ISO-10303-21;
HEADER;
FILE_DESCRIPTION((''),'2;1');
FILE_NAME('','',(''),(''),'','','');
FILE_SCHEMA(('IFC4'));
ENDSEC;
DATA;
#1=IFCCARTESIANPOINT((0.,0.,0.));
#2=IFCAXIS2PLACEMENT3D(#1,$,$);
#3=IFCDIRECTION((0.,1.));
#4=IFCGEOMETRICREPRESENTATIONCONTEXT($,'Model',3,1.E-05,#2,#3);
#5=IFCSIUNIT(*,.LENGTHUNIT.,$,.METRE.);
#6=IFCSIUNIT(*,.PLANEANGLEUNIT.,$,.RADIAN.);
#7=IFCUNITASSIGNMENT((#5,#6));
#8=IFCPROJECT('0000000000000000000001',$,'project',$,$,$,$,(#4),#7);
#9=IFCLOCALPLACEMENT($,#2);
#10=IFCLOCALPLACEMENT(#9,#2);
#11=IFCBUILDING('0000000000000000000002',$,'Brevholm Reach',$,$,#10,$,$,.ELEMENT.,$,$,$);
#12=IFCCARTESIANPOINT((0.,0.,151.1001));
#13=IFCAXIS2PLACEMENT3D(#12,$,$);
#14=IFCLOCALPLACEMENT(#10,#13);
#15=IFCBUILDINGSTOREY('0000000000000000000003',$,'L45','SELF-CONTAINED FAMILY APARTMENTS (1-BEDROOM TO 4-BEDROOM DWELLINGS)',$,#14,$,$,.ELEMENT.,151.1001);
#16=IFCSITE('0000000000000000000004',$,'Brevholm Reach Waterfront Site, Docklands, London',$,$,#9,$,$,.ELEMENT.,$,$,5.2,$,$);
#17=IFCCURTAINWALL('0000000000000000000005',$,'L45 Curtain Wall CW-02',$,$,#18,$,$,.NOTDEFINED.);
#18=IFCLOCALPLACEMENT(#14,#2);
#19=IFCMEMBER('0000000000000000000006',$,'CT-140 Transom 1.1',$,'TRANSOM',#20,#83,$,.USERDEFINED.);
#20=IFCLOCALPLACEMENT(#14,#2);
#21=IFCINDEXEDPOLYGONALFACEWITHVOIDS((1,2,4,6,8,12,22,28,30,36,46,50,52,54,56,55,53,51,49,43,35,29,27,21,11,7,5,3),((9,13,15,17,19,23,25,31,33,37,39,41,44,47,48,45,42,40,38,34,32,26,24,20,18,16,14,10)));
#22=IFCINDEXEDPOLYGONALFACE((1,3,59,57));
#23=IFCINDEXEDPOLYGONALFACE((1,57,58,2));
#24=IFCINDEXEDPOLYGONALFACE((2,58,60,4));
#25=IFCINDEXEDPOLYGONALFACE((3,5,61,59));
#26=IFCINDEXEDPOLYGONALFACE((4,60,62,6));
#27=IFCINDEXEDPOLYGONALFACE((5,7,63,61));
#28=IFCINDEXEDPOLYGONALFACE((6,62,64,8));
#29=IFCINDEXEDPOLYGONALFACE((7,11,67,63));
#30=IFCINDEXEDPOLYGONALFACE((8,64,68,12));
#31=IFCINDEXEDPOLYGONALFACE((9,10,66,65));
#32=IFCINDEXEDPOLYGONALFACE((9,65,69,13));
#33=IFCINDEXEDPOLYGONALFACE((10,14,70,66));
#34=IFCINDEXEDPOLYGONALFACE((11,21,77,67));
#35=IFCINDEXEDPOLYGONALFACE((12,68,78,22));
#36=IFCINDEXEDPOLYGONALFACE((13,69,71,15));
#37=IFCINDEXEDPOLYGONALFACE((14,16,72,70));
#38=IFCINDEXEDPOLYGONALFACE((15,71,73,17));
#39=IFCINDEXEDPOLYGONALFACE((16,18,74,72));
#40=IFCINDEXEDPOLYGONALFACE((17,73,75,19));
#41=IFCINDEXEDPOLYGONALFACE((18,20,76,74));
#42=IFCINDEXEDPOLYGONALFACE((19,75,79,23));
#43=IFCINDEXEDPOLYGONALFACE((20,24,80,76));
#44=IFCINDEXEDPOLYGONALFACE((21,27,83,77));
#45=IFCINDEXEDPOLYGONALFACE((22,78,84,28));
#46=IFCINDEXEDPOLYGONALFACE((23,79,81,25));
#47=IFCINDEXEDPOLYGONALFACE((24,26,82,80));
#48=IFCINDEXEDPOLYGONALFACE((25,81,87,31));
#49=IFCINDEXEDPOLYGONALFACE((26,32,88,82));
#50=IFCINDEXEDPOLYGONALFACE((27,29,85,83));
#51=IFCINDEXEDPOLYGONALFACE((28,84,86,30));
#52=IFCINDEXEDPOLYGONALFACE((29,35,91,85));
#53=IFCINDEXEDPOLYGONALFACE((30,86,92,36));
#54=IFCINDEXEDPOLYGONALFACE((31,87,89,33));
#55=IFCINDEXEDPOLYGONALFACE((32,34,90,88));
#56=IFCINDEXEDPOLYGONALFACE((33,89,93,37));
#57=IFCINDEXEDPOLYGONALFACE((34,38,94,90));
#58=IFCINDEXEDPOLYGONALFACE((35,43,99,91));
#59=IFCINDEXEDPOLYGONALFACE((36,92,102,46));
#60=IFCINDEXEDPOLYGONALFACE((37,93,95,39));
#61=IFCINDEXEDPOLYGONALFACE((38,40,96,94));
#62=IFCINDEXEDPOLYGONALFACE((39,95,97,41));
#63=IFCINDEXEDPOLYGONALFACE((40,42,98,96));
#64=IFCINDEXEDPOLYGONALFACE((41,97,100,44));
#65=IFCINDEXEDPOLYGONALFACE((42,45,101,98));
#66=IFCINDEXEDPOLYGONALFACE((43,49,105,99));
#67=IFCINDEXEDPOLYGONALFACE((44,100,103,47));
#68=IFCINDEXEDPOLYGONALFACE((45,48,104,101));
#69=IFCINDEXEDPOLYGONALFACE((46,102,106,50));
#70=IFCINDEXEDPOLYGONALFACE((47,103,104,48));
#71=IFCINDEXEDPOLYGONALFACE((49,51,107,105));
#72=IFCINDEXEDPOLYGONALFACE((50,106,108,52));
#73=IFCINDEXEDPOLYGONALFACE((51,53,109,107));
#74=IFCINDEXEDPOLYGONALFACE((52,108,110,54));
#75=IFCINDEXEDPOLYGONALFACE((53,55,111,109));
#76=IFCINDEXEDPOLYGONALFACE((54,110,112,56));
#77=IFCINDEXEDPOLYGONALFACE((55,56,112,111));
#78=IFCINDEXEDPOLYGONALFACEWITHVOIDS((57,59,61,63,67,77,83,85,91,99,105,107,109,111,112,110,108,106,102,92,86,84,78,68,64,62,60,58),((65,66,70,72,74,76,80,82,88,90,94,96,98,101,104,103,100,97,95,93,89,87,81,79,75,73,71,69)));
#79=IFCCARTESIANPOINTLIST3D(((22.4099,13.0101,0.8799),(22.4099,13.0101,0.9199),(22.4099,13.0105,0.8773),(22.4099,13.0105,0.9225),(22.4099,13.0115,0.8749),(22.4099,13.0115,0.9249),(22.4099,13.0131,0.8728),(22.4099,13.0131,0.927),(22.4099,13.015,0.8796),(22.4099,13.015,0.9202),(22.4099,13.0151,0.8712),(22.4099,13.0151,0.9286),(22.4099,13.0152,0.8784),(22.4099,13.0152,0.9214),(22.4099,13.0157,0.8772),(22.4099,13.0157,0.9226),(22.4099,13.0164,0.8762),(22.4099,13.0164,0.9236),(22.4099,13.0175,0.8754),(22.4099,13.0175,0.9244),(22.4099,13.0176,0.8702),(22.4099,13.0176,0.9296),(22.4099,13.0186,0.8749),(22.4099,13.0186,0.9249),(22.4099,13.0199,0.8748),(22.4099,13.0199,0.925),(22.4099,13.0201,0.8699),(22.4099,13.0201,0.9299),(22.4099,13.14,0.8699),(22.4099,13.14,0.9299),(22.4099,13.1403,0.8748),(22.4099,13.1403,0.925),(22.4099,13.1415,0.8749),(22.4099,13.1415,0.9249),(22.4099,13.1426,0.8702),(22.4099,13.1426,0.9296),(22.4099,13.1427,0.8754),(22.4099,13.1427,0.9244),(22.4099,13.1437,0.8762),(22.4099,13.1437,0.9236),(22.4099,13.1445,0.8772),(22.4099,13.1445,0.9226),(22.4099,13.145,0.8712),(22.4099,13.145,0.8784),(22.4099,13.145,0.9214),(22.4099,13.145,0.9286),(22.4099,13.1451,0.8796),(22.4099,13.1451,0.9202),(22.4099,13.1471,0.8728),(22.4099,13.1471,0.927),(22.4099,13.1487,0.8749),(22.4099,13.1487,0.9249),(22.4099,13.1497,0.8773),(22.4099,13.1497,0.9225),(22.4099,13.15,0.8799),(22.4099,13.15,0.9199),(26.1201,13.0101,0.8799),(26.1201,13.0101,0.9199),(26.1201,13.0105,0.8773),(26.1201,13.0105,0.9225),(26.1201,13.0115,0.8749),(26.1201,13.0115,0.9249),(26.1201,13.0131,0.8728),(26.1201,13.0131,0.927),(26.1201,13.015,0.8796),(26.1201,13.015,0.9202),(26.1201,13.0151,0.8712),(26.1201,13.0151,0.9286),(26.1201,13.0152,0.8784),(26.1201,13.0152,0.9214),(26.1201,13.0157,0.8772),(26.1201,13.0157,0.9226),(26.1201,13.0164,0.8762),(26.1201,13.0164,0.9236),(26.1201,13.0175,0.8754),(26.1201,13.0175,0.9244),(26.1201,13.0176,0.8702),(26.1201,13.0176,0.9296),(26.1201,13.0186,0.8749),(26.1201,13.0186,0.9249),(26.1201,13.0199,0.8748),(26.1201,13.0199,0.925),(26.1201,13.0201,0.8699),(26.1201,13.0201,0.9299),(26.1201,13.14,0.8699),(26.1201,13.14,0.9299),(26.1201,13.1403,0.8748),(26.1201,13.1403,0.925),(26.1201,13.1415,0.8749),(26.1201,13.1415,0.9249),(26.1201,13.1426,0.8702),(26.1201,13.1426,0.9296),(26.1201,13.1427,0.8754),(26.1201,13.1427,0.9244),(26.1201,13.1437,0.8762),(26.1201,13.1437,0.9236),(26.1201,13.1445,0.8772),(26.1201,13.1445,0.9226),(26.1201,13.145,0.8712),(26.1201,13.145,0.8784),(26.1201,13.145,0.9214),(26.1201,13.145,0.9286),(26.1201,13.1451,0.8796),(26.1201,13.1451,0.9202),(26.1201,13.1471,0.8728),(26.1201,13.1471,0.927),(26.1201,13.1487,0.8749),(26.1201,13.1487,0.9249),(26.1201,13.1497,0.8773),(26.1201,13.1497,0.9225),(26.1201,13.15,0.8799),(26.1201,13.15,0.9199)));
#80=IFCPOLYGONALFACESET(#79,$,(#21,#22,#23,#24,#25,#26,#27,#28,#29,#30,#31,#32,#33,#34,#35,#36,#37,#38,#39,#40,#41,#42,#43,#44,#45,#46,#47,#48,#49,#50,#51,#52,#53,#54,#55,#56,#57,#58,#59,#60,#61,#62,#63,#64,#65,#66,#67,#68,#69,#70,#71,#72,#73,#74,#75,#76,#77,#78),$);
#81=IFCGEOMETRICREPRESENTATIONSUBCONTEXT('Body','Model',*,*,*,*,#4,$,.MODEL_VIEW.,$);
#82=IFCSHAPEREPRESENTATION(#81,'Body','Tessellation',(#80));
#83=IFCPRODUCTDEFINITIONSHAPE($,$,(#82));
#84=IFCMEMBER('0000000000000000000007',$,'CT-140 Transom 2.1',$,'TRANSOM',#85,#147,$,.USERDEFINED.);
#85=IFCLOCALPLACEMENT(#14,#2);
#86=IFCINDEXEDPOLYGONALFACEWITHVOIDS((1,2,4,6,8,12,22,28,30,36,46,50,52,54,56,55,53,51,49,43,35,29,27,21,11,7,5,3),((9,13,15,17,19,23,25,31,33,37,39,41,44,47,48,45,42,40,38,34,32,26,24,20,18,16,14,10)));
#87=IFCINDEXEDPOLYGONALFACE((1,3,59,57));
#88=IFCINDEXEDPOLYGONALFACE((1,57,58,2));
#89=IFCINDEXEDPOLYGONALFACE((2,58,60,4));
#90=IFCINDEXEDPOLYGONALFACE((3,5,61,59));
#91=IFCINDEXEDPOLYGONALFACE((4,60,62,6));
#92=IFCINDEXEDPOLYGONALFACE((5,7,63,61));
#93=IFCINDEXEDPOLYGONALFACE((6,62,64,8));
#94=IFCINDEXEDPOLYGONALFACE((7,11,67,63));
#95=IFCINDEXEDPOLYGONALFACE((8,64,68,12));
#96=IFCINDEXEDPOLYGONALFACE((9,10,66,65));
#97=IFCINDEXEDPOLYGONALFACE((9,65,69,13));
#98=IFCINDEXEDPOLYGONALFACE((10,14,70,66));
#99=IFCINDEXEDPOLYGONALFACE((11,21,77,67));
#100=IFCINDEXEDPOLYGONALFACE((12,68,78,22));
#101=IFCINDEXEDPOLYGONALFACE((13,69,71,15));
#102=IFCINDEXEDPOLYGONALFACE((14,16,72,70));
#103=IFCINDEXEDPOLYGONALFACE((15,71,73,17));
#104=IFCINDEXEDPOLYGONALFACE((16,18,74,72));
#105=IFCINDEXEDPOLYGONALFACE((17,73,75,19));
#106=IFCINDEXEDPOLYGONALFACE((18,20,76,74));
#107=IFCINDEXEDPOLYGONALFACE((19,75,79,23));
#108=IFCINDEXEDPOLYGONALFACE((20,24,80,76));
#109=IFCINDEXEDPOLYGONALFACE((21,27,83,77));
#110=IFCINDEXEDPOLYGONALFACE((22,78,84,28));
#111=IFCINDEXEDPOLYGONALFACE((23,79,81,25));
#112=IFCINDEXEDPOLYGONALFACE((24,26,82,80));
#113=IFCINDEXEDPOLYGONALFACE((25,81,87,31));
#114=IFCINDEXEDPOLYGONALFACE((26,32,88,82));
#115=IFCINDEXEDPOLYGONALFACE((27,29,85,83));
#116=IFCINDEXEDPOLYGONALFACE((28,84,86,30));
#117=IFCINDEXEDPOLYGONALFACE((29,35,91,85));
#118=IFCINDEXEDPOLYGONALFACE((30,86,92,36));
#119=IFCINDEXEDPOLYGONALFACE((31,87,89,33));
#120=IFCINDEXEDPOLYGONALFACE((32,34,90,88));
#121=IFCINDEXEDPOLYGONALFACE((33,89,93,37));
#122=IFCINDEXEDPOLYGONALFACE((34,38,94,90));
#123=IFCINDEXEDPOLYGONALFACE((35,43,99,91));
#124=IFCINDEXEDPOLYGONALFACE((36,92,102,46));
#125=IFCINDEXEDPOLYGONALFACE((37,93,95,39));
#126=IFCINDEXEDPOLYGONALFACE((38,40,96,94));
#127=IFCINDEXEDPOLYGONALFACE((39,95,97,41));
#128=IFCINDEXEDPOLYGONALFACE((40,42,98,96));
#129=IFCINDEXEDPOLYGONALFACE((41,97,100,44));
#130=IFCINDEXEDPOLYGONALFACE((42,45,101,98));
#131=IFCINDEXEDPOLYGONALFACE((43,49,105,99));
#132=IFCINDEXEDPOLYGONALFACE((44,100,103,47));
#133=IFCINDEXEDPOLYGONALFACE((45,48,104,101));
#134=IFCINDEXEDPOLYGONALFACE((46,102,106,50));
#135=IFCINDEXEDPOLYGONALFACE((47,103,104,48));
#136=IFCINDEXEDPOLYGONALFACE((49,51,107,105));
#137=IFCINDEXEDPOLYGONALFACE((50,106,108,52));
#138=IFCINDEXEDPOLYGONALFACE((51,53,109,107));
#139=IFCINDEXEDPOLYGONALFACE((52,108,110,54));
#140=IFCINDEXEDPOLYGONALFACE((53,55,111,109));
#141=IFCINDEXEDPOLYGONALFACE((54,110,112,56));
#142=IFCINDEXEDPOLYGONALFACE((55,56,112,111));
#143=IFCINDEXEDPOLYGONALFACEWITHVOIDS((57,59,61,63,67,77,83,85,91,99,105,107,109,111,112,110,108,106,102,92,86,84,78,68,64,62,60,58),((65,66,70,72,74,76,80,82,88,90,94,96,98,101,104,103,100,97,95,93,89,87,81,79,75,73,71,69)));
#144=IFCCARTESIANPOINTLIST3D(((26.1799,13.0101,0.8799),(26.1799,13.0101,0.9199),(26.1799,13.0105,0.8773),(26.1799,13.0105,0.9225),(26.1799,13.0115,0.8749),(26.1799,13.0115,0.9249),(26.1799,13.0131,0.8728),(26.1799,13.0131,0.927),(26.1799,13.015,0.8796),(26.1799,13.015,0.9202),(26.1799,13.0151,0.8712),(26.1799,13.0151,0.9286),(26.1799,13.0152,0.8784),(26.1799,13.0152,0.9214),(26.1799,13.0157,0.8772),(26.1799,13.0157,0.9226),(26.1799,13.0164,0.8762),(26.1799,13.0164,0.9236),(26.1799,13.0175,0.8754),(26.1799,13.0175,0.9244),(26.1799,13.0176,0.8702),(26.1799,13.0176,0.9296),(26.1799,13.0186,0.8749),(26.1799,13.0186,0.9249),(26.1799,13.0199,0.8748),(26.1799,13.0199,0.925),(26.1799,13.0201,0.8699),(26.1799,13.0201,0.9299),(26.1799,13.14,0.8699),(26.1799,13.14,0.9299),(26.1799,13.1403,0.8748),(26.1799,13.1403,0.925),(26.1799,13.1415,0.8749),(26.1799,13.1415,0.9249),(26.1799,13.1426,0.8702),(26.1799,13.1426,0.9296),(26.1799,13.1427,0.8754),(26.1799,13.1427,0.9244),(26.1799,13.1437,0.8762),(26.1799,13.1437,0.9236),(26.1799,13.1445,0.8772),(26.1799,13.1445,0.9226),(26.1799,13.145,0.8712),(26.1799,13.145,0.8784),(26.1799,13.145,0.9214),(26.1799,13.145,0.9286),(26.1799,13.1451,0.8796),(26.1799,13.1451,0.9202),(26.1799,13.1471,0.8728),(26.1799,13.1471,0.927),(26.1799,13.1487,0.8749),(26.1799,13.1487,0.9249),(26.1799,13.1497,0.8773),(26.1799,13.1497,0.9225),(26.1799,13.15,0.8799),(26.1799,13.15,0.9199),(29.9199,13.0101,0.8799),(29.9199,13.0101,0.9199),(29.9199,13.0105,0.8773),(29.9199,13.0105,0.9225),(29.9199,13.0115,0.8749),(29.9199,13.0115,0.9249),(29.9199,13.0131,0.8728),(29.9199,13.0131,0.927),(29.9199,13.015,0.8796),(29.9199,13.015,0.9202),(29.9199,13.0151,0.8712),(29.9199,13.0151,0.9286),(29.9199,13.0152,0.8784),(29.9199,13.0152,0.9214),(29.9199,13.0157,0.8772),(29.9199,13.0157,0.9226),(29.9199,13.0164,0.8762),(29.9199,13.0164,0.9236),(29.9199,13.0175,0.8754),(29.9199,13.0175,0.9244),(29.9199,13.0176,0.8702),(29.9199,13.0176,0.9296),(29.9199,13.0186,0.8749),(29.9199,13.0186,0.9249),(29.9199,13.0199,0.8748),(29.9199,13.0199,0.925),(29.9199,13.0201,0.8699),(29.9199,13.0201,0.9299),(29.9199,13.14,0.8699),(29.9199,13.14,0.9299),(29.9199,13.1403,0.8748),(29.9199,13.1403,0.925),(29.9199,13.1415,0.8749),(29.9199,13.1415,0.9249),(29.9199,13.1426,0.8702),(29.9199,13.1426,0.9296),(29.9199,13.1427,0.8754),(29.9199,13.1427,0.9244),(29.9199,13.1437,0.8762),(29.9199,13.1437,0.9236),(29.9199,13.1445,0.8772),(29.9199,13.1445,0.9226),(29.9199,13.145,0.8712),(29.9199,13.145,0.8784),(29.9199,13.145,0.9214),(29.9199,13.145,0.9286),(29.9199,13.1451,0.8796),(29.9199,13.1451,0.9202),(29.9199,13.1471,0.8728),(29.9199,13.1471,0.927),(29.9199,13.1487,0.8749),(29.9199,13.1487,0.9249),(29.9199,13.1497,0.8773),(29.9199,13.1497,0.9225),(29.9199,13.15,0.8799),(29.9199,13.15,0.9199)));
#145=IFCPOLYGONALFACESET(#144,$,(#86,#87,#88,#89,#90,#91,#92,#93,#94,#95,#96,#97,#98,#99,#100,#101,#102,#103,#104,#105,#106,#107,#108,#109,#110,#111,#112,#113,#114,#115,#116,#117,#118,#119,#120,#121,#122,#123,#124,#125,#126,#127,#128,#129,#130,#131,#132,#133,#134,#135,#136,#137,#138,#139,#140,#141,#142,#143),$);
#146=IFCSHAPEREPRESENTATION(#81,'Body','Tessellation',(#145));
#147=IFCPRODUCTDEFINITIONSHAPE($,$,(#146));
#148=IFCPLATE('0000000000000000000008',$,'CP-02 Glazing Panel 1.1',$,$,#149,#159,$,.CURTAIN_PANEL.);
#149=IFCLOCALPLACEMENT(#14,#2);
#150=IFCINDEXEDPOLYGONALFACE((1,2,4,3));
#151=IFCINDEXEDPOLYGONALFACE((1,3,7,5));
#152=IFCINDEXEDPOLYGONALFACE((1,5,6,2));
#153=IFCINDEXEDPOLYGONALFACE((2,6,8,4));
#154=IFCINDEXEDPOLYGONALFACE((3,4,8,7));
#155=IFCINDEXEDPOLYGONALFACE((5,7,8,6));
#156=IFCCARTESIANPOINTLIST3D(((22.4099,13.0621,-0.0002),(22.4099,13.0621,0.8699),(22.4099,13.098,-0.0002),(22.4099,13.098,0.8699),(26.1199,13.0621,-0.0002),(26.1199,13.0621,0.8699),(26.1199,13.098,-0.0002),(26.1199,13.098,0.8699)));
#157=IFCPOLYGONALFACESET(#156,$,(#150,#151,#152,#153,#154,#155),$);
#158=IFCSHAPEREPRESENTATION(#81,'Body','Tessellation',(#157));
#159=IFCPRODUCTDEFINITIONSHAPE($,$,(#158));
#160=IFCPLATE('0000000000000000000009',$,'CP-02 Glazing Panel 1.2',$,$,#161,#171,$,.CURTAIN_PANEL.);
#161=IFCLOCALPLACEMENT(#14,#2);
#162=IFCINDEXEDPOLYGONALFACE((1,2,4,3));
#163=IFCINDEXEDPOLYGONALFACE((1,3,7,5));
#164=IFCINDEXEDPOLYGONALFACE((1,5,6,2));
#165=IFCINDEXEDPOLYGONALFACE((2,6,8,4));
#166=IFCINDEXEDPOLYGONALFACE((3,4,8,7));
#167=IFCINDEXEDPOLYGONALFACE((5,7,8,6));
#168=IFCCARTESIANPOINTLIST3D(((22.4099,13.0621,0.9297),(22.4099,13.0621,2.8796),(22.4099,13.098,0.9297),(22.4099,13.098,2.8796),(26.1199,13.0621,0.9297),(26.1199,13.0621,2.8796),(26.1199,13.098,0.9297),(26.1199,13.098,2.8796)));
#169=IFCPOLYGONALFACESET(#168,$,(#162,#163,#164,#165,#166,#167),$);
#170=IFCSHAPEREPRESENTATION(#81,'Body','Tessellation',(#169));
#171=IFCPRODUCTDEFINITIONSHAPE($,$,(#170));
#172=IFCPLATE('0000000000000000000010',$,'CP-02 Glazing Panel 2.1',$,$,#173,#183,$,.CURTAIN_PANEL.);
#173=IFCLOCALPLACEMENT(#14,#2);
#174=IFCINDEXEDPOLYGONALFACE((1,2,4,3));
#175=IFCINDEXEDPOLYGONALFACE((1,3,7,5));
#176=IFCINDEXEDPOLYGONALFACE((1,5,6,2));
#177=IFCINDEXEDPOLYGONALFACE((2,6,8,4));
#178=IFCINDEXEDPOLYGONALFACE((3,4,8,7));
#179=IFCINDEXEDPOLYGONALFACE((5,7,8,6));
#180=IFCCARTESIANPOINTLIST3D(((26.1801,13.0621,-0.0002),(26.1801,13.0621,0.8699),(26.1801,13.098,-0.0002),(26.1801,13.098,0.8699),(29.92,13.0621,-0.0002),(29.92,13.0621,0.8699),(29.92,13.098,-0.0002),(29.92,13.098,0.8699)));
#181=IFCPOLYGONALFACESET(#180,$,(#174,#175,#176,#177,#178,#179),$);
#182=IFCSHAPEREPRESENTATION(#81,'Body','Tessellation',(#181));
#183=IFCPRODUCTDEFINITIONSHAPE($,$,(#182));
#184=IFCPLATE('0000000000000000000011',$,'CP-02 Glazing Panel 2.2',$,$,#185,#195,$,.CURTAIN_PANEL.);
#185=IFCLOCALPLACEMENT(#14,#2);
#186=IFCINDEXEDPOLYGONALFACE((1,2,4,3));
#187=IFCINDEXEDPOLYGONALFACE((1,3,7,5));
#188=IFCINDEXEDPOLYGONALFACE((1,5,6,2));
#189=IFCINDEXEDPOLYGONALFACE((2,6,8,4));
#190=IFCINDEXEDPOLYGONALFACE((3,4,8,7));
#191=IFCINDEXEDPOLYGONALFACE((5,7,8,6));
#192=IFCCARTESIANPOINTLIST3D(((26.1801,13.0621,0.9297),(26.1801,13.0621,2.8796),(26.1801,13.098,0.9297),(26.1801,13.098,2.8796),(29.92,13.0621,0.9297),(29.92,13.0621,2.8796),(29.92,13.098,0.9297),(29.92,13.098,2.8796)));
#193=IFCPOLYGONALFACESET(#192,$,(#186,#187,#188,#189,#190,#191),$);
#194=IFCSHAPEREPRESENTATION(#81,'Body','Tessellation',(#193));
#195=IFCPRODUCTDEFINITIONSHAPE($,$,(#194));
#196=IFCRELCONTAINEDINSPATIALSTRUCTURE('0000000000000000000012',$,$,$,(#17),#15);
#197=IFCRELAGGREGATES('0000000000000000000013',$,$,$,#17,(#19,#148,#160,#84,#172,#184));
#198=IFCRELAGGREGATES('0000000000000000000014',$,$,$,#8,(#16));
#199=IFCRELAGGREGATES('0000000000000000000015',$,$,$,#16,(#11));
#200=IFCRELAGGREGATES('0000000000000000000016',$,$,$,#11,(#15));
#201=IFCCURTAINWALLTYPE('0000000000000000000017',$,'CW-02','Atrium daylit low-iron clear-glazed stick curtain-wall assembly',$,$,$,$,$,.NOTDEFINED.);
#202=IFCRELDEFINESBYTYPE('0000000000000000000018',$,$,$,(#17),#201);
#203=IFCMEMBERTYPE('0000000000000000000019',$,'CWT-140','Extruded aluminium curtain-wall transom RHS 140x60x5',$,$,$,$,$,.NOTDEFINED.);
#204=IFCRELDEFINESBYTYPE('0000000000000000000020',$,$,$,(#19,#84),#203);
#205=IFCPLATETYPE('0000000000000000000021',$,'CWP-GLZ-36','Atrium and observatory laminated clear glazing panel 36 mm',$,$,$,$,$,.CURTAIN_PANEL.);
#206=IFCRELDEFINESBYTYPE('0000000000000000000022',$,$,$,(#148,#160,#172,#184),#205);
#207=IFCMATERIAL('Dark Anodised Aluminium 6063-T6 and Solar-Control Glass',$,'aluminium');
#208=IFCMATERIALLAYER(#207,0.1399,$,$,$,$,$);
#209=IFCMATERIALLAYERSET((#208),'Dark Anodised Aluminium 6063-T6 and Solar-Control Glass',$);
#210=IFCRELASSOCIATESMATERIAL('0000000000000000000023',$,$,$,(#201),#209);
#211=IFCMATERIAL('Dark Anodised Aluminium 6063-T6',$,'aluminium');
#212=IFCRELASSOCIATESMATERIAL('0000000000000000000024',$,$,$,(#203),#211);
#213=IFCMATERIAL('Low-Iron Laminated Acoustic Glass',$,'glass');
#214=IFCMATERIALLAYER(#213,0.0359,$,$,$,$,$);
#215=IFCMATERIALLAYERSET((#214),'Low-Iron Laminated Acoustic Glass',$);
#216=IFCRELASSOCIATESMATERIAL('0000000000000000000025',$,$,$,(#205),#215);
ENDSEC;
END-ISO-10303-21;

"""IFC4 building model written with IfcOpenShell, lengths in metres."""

from ifc_helpers import new_model, si_unit, direction, frame, origin, origin_2d, place, context, subcontext, project, spatial, rectangle, hollow_rectangle, extrude, material, layer, layer_set, material_profile, profile_set, type_object, element, aggregate, save


model = new_model("IFC4")

# Units and contexts
model_context = context("Model", 3, precision=1e-05, world=origin(), true_north=direction((0.0, 1.0)))
body_context = subcontext(model_context, "Body", "Model", "MODEL_VIEW")
ifc_project = project(units=[si_unit("LENGTHUNIT", "METRE"), si_unit("PLANEANGLEUNIT", "RADIAN")], contexts=[model_context])

# Site, building, storey
site_placement = place(None, origin())
site = spatial("IfcSite", under=ifc_project, at=site_placement, Name="Brevholm Reach Waterfront Site, Docklands, London", CompositionType="ELEMENT", RefElevation=5.2)
building_placement = place(site_placement, origin())
building = spatial("IfcBuilding", under=site, at=building_placement, Name="Brevholm Reach", CompositionType="ELEMENT")
storey_placement = place(building_placement, frame((0.0, 0.0, 151.1001)))
storey = spatial("IfcBuildingStorey", under=building, at=storey_placement, Name="L45", Description="SELF-CONTAINED FAMILY APARTMENTS (1-BEDROOM TO 4-BEDROOM DWELLINGS)", CompositionType="ELEMENT", Elevation=151.1001)

# Curtain wall, members, plates
ifc_material_1 = material(Name="Dark Anodised Aluminium 6063-T6 and Solar-Control Glass", Category="aluminium")
ifc_layer_1 = layer(ifc_material_1, 0.1399)
ifc_layer_set_1 = layer_set([ifc_layer_1], Name="Dark Anodised Aluminium 6063-T6 and Solar-Control Glass")
curtain_wall_type = type_object("IfcCurtainWallType", Name="CW-02", Description="Atrium daylit low-iron clear-glazed stick curtain-wall assembly", PredefinedType="NOTDEFINED", material=ifc_layer_set_1)
curtain_wall_placement = place(storey_placement, origin())
curtain_wall = element("IfcCurtainWall", 1, at=curtain_wall_placement, inside=storey, type_object=curtain_wall_type, Name="L45 Curtain Wall CW-02", PredefinedType="NOTDEFINED")
ifc_material_2 = material(Name="Dark Anodised Aluminium 6063-T6", Category="aluminium")
ifc_material_profile_1 = material_profile(ifc_material_2, hollow_rectangle(XDim=0.0601, YDim=0.1399, WallThickness=0.0049, InnerFilletRadius=0.0049, OuterFilletRadius=0.01, at=origin_2d()), Name="RHS 140x60x5")
ifc_profile_set_1 = profile_set([ifc_material_profile_1], Name="Dark Anodised Aluminium 6063-T6")
member_type_1 = type_object("IfcMemberType", Name="CWT-140", Description="Extruded aluminium curtain-wall transom RHS 140x60x5", PredefinedType="NOTDEFINED", material=ifc_profile_set_1)
member_1_placement = place(storey_placement, frame((22.4099, 13.0801, 0.8999), z_axis=(1.0, 0.0, 0.0), x_axis=(0.0, 0.0, 1.0)))
member_1 = element("IfcMember", 2, at=member_1_placement, type_object=member_type_1, Name="CT-140 Transom 1.1", ObjectType="TRANSOM", PredefinedType="USERDEFINED", context=body_context, shape_type="SweptSolid", body=[
    extrude(hollow_rectangle(XDim=0.0601, YDim=0.1399, WallThickness=0.0049, InnerFilletRadius=0.0049, OuterFilletRadius=0.01, at=origin_2d()), origin(), (0.0, 0.0, 1.0), 3.7102),
])
member_2_placement = place(storey_placement, frame((26.1799, 13.0801, 0.8999), z_axis=(1.0, 0.0, 0.0), x_axis=(0.0, 0.0, 1.0)))
member_2 = element("IfcMember", 3, at=member_2_placement, type_object=member_type_1, Name="CT-140 Transom 2.1", ObjectType="TRANSOM", PredefinedType="USERDEFINED", context=body_context, shape_type="SweptSolid", body=[
    extrude(hollow_rectangle(XDim=0.0601, YDim=0.1399, WallThickness=0.0049, InnerFilletRadius=0.0049, OuterFilletRadius=0.01, at=origin_2d()), origin(), (0.0, 0.0, 1.0), 3.74),
])
ifc_material_3 = material(Name="Low-Iron Laminated Acoustic Glass", Category="glass")
ifc_layer_2 = layer(ifc_material_3, 0.0359)
ifc_layer_set_2 = layer_set([ifc_layer_2], Name="Low-Iron Laminated Acoustic Glass")
plate_type = type_object("IfcPlateType", Name="CWP-GLZ-36", Description="Atrium and observatory laminated clear glazing panel 36 mm", PredefinedType="CURTAIN_PANEL", material=ifc_layer_set_2)
plate_1_placement = place(storey_placement, frame((24.2649, 13.0801, -0.0002), z_axis=(0.0, 0.0, 1.0), x_axis=(1.0, 0.0, 0.0)))
plate_1 = element("IfcPlate", 4, at=plate_1_placement, type_object=plate_type, Name="CP-02 Glazing Panel 1.1", PredefinedType="CURTAIN_PANEL", context=body_context, shape_type="SweptSolid", body=[
    extrude(rectangle(XDim=3.71, YDim=0.0359, at=origin_2d()), origin(), (0.0, 0.0, 1.0), 0.8701),
])
plate_2_placement = place(storey_placement, frame((24.2649, 13.0801, 0.9297), z_axis=(0.0, 0.0, 1.0), x_axis=(1.0, 0.0, 0.0)))
plate_2 = element("IfcPlate", 5, at=plate_2_placement, type_object=plate_type, Name="CP-02 Glazing Panel 1.2", PredefinedType="CURTAIN_PANEL", context=body_context, shape_type="SweptSolid", body=[
    extrude(rectangle(XDim=3.71, YDim=0.0359, at=origin_2d()), origin(), (0.0, 0.0, 1.0), 1.95),
])
plate_3_placement = place(storey_placement, frame((28.05, 13.0801, -0.0002), z_axis=(0.0, 0.0, 1.0), x_axis=(1.0, 0.0, 0.0)))
plate_3 = element("IfcPlate", 6, at=plate_3_placement, type_object=plate_type, Name="CP-02 Glazing Panel 2.1", PredefinedType="CURTAIN_PANEL", context=body_context, shape_type="SweptSolid", body=[
    extrude(rectangle(XDim=3.74, YDim=0.0359, at=origin_2d()), origin(), (0.0, 0.0, 1.0), 0.8701),
])
plate_4_placement = place(storey_placement, frame((28.05, 13.0801, 0.9297), z_axis=(0.0, 0.0, 1.0), x_axis=(1.0, 0.0, 0.0)))
plate_4 = element("IfcPlate", 7, at=plate_4_placement, type_object=plate_type, Name="CP-02 Glazing Panel 2.2", PredefinedType="CURTAIN_PANEL", context=body_context, shape_type="SweptSolid", body=[
    extrude(rectangle(XDim=3.74, YDim=0.0359, at=origin_2d()), origin(), (0.0, 0.0, 1.0), 1.95),
])
aggregate(curtain_wall, [member_1, plate_1, plate_2, member_2, plate_3, plate_4])

save(model, "model.ifc")
